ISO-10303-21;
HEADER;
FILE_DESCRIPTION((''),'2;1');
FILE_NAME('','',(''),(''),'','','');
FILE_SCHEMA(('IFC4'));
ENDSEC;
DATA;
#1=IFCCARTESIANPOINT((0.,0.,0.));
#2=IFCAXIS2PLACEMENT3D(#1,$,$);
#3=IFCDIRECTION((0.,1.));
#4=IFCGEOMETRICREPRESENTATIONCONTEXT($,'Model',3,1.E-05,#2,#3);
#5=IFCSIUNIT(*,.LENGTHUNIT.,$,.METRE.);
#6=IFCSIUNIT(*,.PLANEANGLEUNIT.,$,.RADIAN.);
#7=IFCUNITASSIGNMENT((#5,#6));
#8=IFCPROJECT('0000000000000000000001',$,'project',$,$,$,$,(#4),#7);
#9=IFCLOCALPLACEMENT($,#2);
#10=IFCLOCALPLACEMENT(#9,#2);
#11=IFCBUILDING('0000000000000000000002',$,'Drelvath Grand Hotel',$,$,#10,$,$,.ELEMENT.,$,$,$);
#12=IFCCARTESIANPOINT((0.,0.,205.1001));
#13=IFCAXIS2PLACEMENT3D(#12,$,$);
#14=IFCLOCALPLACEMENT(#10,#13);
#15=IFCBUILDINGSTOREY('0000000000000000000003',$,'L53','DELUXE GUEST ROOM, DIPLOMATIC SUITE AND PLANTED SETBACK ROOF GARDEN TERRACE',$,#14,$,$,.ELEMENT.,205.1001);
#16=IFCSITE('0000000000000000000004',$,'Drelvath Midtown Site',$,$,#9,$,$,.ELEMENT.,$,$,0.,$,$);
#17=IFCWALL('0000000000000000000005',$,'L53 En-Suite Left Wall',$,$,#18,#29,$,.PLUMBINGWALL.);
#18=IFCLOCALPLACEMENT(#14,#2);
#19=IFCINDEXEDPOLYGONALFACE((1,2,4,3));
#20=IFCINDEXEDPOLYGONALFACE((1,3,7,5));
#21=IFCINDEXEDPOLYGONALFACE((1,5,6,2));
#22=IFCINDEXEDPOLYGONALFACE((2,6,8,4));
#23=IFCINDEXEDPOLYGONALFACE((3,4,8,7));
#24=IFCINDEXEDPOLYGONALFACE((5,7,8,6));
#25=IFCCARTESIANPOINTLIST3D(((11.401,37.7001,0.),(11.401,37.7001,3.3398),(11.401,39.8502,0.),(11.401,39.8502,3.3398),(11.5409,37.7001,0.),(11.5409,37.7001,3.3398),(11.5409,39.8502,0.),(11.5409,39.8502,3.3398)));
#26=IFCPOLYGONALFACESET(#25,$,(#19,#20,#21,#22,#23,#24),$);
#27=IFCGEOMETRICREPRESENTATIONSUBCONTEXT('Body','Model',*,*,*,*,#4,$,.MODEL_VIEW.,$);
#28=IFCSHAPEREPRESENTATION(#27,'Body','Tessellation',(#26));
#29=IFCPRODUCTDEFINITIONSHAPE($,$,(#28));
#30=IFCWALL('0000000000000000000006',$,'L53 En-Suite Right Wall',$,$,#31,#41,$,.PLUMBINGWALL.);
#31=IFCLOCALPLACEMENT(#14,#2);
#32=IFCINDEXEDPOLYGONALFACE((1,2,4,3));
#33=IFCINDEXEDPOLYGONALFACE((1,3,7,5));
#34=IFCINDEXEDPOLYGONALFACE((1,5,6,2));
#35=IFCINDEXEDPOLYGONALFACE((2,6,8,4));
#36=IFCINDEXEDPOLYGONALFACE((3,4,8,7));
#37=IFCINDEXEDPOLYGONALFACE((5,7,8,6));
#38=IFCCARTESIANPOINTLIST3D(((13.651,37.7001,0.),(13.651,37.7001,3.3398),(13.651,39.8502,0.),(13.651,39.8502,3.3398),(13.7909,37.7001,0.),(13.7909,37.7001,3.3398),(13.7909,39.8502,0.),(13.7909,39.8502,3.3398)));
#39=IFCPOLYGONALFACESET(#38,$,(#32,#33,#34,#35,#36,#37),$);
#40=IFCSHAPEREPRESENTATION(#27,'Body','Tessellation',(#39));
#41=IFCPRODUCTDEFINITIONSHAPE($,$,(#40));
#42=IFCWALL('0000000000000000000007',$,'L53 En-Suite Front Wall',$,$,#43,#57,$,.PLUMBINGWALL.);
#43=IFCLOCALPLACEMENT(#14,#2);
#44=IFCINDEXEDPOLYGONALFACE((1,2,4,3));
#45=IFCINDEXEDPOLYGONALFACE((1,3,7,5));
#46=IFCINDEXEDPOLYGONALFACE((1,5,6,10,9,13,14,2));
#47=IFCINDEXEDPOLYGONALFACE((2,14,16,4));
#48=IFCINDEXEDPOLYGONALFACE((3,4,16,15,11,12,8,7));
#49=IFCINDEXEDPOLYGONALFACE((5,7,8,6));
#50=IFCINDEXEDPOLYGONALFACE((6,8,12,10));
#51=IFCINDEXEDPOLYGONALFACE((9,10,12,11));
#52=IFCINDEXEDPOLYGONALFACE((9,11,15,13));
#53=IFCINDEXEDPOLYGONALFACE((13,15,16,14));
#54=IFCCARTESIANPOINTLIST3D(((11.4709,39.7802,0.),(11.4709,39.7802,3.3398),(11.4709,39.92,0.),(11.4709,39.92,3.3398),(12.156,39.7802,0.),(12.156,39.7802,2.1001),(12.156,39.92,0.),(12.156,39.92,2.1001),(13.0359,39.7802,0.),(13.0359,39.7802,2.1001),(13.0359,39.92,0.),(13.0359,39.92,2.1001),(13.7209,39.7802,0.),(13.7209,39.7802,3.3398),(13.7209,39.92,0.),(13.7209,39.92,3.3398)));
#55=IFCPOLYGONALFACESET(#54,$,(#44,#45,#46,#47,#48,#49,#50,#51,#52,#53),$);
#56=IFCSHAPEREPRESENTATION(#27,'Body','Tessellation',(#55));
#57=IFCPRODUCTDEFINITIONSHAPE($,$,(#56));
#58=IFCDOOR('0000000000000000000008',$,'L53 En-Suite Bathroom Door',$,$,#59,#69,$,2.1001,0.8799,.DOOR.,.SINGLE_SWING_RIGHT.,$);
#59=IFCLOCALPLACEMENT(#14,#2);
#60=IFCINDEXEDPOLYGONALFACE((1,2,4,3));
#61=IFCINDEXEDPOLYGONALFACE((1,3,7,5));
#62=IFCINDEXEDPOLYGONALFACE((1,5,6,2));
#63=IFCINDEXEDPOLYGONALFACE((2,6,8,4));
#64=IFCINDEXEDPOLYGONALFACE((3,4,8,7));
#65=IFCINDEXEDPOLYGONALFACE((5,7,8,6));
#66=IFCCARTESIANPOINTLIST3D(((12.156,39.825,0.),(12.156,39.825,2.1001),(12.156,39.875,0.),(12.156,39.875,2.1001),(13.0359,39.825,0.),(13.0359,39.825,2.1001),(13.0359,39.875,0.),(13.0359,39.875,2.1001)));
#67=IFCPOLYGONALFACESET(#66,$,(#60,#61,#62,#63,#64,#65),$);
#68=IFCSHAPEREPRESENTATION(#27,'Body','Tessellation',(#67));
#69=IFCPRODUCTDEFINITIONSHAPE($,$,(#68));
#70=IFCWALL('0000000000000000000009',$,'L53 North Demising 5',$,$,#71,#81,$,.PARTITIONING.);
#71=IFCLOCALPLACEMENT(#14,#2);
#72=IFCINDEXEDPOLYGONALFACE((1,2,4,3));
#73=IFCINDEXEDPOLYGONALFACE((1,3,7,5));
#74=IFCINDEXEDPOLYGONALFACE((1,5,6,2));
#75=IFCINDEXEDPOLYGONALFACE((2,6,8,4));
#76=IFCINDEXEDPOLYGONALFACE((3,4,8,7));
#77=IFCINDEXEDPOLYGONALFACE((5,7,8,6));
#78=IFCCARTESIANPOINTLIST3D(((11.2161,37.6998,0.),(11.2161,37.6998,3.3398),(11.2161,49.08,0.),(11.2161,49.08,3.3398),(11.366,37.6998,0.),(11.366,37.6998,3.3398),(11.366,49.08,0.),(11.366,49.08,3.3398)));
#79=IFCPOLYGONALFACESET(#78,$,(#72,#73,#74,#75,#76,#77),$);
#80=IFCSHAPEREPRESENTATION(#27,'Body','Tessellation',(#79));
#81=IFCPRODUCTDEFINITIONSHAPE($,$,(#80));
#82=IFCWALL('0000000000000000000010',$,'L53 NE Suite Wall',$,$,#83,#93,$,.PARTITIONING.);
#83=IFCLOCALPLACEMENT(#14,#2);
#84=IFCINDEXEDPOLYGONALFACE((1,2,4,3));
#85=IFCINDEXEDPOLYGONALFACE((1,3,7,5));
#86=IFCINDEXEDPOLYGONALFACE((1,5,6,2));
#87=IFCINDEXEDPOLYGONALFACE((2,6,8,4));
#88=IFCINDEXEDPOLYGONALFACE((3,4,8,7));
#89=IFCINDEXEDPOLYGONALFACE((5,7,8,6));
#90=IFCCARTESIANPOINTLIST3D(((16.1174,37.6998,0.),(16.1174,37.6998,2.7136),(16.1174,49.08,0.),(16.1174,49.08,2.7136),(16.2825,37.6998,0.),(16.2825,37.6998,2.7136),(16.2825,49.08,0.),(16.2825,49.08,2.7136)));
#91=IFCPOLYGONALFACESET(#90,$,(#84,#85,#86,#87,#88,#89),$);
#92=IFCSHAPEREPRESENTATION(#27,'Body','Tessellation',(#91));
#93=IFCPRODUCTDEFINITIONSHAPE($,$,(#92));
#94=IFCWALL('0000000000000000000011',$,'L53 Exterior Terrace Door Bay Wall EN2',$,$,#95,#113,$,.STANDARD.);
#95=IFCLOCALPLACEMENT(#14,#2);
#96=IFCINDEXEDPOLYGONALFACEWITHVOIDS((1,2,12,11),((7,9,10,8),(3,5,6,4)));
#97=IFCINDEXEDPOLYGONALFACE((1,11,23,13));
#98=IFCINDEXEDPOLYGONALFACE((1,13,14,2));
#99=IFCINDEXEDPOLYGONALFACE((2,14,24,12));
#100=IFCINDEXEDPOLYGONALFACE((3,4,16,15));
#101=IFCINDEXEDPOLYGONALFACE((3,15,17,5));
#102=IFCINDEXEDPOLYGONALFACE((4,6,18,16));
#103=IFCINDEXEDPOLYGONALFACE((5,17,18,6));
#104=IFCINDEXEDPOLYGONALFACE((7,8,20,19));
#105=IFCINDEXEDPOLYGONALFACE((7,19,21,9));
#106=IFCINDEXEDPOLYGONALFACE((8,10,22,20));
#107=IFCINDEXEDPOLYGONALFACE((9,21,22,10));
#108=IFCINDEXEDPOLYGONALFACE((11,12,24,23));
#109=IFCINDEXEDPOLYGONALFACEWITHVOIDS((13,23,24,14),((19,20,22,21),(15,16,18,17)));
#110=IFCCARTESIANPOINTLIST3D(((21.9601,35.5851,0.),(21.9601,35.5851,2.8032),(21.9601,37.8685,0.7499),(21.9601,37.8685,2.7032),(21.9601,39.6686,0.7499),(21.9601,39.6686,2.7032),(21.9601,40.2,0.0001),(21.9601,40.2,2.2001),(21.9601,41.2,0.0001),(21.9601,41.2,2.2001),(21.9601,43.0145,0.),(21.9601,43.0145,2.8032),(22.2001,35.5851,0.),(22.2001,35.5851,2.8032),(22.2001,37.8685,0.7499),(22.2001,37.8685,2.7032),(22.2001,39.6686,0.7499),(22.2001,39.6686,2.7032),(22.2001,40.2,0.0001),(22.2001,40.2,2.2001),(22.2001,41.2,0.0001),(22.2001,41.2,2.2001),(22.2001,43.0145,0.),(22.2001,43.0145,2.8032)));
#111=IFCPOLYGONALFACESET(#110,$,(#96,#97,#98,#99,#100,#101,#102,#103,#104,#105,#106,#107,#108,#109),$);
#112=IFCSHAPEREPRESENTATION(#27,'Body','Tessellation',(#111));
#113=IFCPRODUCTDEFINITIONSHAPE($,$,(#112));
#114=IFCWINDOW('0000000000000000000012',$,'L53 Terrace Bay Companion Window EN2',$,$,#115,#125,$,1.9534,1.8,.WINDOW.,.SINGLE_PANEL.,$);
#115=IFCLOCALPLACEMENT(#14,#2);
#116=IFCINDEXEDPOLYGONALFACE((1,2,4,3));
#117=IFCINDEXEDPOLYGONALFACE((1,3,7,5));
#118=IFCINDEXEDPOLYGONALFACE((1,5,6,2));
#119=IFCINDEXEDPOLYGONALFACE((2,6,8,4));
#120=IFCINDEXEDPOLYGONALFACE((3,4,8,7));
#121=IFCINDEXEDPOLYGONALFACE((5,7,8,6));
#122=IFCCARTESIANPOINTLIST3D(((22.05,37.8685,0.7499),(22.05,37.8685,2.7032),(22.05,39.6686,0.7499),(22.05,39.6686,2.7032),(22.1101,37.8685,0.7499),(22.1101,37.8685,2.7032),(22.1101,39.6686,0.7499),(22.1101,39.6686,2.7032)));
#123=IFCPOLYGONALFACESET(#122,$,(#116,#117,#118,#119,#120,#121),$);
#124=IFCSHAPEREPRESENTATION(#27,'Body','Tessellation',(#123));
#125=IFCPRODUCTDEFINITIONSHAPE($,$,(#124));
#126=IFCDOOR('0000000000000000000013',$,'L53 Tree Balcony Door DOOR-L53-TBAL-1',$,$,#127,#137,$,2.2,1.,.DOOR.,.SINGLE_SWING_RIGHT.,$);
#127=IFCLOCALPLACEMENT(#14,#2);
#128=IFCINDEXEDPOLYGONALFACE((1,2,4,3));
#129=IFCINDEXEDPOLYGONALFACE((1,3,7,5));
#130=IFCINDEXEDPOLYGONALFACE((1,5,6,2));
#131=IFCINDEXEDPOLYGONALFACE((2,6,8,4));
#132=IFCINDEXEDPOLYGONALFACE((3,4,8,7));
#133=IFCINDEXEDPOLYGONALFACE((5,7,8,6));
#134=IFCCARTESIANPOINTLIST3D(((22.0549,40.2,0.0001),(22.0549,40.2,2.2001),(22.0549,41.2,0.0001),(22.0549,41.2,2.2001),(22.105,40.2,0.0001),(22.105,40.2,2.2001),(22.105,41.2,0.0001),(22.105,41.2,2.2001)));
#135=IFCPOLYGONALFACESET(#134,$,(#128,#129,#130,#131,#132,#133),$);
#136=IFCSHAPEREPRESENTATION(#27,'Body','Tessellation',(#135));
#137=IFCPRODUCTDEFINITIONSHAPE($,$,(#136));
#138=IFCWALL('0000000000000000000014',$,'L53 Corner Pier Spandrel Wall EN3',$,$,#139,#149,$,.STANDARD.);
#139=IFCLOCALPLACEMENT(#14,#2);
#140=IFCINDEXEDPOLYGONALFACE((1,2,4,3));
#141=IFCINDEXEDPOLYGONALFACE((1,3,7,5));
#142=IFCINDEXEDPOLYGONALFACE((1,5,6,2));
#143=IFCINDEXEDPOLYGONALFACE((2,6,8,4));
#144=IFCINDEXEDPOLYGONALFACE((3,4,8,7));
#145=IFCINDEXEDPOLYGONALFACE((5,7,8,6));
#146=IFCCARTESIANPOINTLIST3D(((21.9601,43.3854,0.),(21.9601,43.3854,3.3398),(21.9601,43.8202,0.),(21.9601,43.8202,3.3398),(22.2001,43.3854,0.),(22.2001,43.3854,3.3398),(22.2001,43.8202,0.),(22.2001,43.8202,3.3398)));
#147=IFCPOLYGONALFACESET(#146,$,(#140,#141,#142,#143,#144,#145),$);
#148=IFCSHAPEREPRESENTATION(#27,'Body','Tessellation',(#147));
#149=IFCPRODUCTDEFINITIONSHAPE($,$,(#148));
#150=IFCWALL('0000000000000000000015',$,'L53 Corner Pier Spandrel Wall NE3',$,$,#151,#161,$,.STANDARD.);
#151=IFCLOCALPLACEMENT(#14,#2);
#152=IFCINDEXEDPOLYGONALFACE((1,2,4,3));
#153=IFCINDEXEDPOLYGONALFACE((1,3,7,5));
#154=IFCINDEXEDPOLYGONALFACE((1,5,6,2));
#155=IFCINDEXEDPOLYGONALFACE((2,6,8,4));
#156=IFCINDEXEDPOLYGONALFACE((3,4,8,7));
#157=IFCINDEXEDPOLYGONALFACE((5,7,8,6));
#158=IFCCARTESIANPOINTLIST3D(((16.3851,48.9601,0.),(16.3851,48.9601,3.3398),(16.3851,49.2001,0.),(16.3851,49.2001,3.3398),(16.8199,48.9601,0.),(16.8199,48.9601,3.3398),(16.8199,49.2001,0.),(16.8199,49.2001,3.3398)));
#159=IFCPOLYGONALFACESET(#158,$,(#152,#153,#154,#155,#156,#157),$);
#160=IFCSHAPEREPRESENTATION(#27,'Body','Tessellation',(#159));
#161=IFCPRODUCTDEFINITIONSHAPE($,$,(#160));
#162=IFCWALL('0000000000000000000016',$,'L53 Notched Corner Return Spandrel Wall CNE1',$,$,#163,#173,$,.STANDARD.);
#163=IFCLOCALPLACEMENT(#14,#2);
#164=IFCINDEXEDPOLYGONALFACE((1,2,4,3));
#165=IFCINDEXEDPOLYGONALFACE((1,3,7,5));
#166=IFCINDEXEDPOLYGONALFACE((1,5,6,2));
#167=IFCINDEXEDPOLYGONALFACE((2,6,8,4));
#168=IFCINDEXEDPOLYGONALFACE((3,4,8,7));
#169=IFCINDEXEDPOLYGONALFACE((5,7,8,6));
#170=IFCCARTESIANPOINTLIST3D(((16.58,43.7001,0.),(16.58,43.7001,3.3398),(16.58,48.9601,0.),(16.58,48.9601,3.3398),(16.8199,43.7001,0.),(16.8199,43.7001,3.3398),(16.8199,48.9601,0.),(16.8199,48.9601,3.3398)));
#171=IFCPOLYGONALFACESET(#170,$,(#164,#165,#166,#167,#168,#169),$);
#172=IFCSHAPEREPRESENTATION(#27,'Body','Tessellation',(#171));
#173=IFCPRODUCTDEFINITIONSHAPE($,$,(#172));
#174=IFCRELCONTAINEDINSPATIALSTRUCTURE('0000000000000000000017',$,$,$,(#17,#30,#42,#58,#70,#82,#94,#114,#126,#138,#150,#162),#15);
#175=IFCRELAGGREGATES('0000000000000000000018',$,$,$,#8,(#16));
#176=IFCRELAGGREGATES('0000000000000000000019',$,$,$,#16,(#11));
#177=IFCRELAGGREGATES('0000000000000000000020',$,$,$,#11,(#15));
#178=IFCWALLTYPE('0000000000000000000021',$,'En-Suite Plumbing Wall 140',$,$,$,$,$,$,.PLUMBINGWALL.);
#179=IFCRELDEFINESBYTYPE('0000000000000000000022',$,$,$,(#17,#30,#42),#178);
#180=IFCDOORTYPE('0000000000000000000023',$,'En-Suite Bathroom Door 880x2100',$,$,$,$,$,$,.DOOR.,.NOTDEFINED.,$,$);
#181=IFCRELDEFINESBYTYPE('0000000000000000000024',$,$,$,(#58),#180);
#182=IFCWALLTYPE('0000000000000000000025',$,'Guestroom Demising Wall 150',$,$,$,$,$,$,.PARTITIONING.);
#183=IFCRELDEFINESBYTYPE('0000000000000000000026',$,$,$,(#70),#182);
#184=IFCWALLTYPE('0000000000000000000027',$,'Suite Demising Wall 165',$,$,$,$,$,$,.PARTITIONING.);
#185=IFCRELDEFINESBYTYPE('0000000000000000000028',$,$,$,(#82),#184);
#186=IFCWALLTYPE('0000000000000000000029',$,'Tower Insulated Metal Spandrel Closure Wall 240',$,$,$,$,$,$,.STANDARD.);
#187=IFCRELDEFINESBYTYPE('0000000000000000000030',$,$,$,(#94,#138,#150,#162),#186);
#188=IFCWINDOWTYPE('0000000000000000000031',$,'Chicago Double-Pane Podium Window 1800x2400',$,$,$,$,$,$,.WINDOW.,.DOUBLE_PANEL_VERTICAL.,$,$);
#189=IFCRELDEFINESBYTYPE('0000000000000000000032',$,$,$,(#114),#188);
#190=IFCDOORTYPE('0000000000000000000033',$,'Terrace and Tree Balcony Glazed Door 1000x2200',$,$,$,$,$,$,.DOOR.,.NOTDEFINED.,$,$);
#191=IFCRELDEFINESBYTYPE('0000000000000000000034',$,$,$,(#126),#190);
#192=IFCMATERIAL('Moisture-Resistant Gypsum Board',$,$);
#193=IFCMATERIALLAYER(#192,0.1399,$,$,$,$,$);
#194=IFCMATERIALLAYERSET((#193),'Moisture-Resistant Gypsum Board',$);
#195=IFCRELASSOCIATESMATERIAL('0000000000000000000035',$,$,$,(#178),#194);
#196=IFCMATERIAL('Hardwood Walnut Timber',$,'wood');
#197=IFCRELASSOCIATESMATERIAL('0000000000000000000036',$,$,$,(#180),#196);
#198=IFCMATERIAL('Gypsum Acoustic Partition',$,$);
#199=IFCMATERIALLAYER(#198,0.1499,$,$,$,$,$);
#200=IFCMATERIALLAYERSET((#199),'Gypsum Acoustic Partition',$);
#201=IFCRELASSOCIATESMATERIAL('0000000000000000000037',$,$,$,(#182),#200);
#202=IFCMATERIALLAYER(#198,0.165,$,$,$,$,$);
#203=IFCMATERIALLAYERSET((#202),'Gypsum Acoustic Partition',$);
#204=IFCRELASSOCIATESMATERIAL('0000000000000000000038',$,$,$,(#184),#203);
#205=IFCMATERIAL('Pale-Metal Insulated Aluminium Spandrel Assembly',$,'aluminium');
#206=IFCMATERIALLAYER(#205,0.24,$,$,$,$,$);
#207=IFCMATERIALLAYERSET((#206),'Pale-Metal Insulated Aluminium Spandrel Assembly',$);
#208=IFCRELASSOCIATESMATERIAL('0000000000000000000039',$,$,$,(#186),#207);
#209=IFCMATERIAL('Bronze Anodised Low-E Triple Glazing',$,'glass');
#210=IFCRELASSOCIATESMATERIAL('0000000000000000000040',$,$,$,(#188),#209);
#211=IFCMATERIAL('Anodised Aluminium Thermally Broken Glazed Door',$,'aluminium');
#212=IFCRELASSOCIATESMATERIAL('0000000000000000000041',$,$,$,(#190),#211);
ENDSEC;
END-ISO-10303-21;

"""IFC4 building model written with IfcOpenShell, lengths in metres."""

from ifc_helpers import new_model, si_unit, direction, frame, frame_2d, origin, place, context, subcontext, project, spatial, rectangle, extrude, material, layer, layer_set, type_object, element, fill, save


model = new_model("IFC4")

# Units and contexts
model_context = context("Model", 3, precision=1e-05, world=origin(), true_north=direction((0.0, 1.0)))
body_context = subcontext(model_context, "Body", "Model", "MODEL_VIEW")
ifc_project = project(units=[si_unit("LENGTHUNIT", "METRE"), si_unit("PLANEANGLEUNIT", "RADIAN")], contexts=[model_context])

# Site, building, storey
site_placement = place(None, origin())
site = spatial("IfcSite", under=ifc_project, at=site_placement, Name="Drelvath Midtown Site", CompositionType="ELEMENT", RefElevation=0.0)
building_placement = place(site_placement, origin())
building = spatial("IfcBuilding", under=site, at=building_placement, Name="Drelvath Grand Hotel", CompositionType="ELEMENT")
storey_placement = place(building_placement, frame((0.0, 0.0, 205.1001)))
storey = spatial("IfcBuildingStorey", under=building, at=storey_placement, Name="L53", Description="DELUXE GUEST ROOM, DIPLOMATIC SUITE AND PLANTED SETBACK ROOF GARDEN TERRACE", CompositionType="ELEMENT", Elevation=205.1001)

# Shared definitions
ifc_material_1 = material(Name="Moisture-Resistant Gypsum Board")
ifc_layer_1 = layer(ifc_material_1, 0.1399)
ifc_layer_set_1 = layer_set([ifc_layer_1], Name="Moisture-Resistant Gypsum Board")
wall_type_1 = type_object("IfcWallType", Name="En-Suite Plumbing Wall 140", PredefinedType="PLUMBINGWALL", material=ifc_layer_set_1)

# Shared definitions
ifc_material_2 = material(Name="Hardwood Walnut Timber", Category="wood")
door_type_1 = type_object("IfcDoorType", Name="En-Suite Bathroom Door 880x2100", OperationType="NOTDEFINED", PredefinedType="DOOR", material=ifc_material_2)

# Walls
for number, where, z_axis, x_axis, name in (
    (1, (11.4709, 37.7, 0.0), (0.0, 0.0, 1.0), (0.0, 1.0, 0.0), "L53 En-Suite Left Wall"),
    (2, (13.7209, 37.7, 0.0), (0.0, 0.0, 1.0), (0.0, 1.0, 0.0), "L53 En-Suite Right Wall"),
):
    element("IfcWall", number, at=place(storey_placement, frame(where, z_axis=z_axis, x_axis=x_axis)), inside=storey, type_object=wall_type_1, Name=name, PredefinedType="PLUMBINGWALL", context=body_context, shape_type="SweptSolid", body=[
        extrude(rectangle(XDim=2.1501, YDim=0.1399, at=frame_2d((1.0752, 0.0))), origin(), (0.0, 0.0, 1.0), 3.3398),
    ])

# Wall, opening, door
wall_1_placement = place(storey_placement, frame((11.4709, 39.8501, 0.0), z_axis=(0.0, 0.0, 1.0), x_axis=(1.0, 0.0, 0.0)))
wall_1 = element("IfcWall", 3, at=wall_1_placement, inside=storey, type_object=wall_type_1, Name="L53 En-Suite Front Wall", PredefinedType="PLUMBINGWALL", context=body_context, shape_type="SweptSolid", body=[
    extrude(rectangle(XDim=2.25, YDim=0.1399, at=frame_2d((1.125, 0.0))), origin(), (0.0, 0.0, 1.0), 3.3398),
])
opening_1_placement = place(wall_1_placement, frame((0.6851, 0.0, 0.0)))
opening_1 = element("IfcOpeningElement", 4, at=opening_1_placement, cuts=wall_1, PredefinedType="OPENING", context=body_context, shape_type="SweptSolid", body=[
    extrude(rectangle(XDim=0.8799, YDim=2.1001, at=frame_2d((0.4399, 1.05))), frame((0.0, 0.0798, 0.0), z_axis=(0.0, -1.0, 0.0), x_axis=(1.0, 0.0, 0.0)), (0.0, 0.0, 1.0), 0.1599),
])
door_1_placement = place(opening_1_placement, origin())
door_1 = element("IfcDoor", 5, at=door_1_placement, inside=storey, type_object=door_type_1, Name="L53 En-Suite Bathroom Door", OperationType="SINGLE_SWING_RIGHT", OverallHeight=2.1001, OverallWidth=0.8799, PredefinedType="DOOR", context=body_context, shape_type="SweptSolid", body=[
    extrude(rectangle(XDim=0.8799, YDim=2.1001, at=frame_2d((0.4399, 1.05))), frame((0.0, 0.0249, 0.0), z_axis=(0.0, -1.0, 0.0), x_axis=(1.0, 0.0, 0.0)), (0.0, 0.0, 1.0), 0.05),
])
fill(opening_1, door_1)

# Walls
ifc_material_3 = material(Name="Gypsum Acoustic Partition")
ifc_layer_2 = layer(ifc_material_3, 0.1499)
ifc_layer_set_2 = layer_set([ifc_layer_2], Name="Gypsum Acoustic Partition")
wall_type_2 = type_object("IfcWallType", Name="Guestroom Demising Wall 150", PredefinedType="PARTITIONING", material=ifc_layer_set_2)
wall_2_placement = place(storey_placement, frame((11.291, 37.7, 0.0), z_axis=(0.0, 0.0, 1.0), x_axis=(0.0, 1.0, 0.0)))
element("IfcWall", 6, at=wall_2_placement, inside=storey, type_object=wall_type_2, Name="L53 North Demising 5", PredefinedType="PARTITIONING", context=body_context, shape_type="SweptSolid", body=[
    extrude(rectangle(XDim=11.3801, YDim=0.1499, at=frame_2d((5.6899, 0.0))), origin(), (0.0, 0.0, 1.0), 3.3398),
])
ifc_layer_3 = layer(ifc_material_3, 0.165)
ifc_layer_set_3 = layer_set([ifc_layer_3], Name="Gypsum Acoustic Partition")
wall_type_3 = type_object("IfcWallType", Name="Suite Demising Wall 165", PredefinedType="PARTITIONING", material=ifc_layer_set_3)
wall_3_placement = place(storey_placement, frame((16.2, 37.7, 0.0), z_axis=(0.0, 0.0, 1.0), x_axis=(0.0, 1.0, 0.0)))
element("IfcWall", 7, at=wall_3_placement, inside=storey, type_object=wall_type_3, Name="L53 NE Suite Wall", PredefinedType="PARTITIONING", context=body_context, shape_type="SweptSolid", body=[
    extrude(rectangle(XDim=11.3801, YDim=0.165, at=frame_2d((5.6899, 0.0))), origin(), (0.0, 0.0, 1.0), 2.7136),
])

# Wall, openings, window, door
ifc_material_4 = material(Name="Pale-Metal Insulated Aluminium Spandrel Assembly", Category="aluminium")
ifc_layer_4 = layer(ifc_material_4, 0.24)
ifc_layer_set_4 = layer_set([ifc_layer_4], Name="Pale-Metal Insulated Aluminium Spandrel Assembly")
wall_type_4 = type_object("IfcWallType", Name="Tower Insulated Metal Spandrel Closure Wall 240", PredefinedType="STANDARD", material=ifc_layer_set_4)
wall_4_placement = place(storey_placement, frame((22.0801, 43.0146, 0.0), z_axis=(0.0, 0.0, 1.0), x_axis=(0.0, -1.0, 0.0)))
wall_4 = element("IfcWall", 8, at=wall_4_placement, inside=storey, type_object=wall_type_4, Name="L53 Exterior Terrace Door Bay Wall EN2", PredefinedType="STANDARD", context=body_context, shape_type="SweptSolid", body=[
    extrude(rectangle(XDim=7.4294, YDim=0.24, at=frame_2d((3.7148, 0.0))), origin(), (0.0, 0.0, 1.0), 2.8032),
])
opening_2_placement = place(wall_4_placement, frame((1.8147, 0.0, 0.0)))
opening_2 = element("IfcOpeningElement", 9, at=opening_2_placement, cuts=wall_4, PredefinedType="OPENING", context=body_context, shape_type="SweptSolid", body=[
    extrude(rectangle(XDim=1.0, YDim=2.2, at=frame_2d((0.5, 1.1001))), frame((0.0, 0.1299, 0.0), z_axis=(0.0, -1.0, 0.0), x_axis=(1.0, 0.0, 0.0)), (0.0, 0.0, 1.0), 0.26),
])
opening_3_placement = place(wall_4_placement, frame((3.3462, 0.0, 0.75)))
opening_3 = element("IfcOpeningElement", 10, at=opening_3_placement, cuts=wall_4, PredefinedType="OPENING", context=body_context, shape_type="SweptSolid", body=[
    extrude(rectangle(XDim=1.8, YDim=1.9534, at=frame_2d((0.8999, 0.9766))), frame((0.0, 0.1299, 0.0), z_axis=(0.0, -1.0, 0.0), x_axis=(1.0, 0.0, 0.0)), (0.0, 0.0, 1.0), 0.26),
])
ifc_material_5 = material(Name="Bronze Anodised Low-E Triple Glazing", Category="glass")
window_type = type_object("IfcWindowType", Name="Chicago Double-Pane Podium Window 1800x2400", PartitioningType="DOUBLE_PANEL_VERTICAL", PredefinedType="WINDOW", material=ifc_material_5)
window_placement = place(opening_3_placement, origin())
window = element("IfcWindow", 11, at=window_placement, inside=storey, type_object=window_type, Name="L53 Terrace Bay Companion Window EN2", OverallHeight=1.9534, OverallWidth=1.8, PartitioningType="SINGLE_PANEL", PredefinedType="WINDOW", context=body_context, shape_type="SweptSolid", body=[
    extrude(rectangle(XDim=1.8, YDim=1.9534, at=frame_2d((0.8999, 0.9766))), frame((0.0, 0.03, 0.0), z_axis=(0.0, -1.0, 0.0), x_axis=(1.0, 0.0, 0.0)), (0.0, 0.0, 1.0), 0.0601),
])
fill(opening_3, window)
ifc_material_6 = material(Name="Anodised Aluminium Thermally Broken Glazed Door", Category="aluminium")
door_type_2 = type_object("IfcDoorType", Name="Terrace and Tree Balcony Glazed Door 1000x2200", OperationType="NOTDEFINED", PredefinedType="DOOR", material=ifc_material_6)
door_2_placement = place(opening_2_placement, origin())
door_2 = element("IfcDoor", 12, at=door_2_placement, inside=storey, type_object=door_type_2, Name="L53 Tree Balcony Door DOOR-L53-TBAL-1", OperationType="SINGLE_SWING_RIGHT", OverallHeight=2.2, OverallWidth=1.0, PredefinedType="DOOR", context=body_context, shape_type="SweptSolid", body=[
    extrude(rectangle(XDim=1.0, YDim=2.2, at=frame_2d((0.5, 1.1001))), frame((0.0, 0.0249, 0.0), z_axis=(0.0, -1.0, 0.0), x_axis=(1.0, 0.0, 0.0)), (0.0, 0.0, 1.0), 0.05),
])
fill(opening_2, door_2)

# Walls
for number, where, z_axis, x_axis, name in (
    (13, (22.0801, 43.8201, 0.0), (0.0, 0.0, 1.0), (0.0, -1.0, 0.0), "L53 Corner Pier Spandrel Wall EN3"),
    (14, (16.3853, 49.0801, 0.0), (0.0, 0.0, 1.0), (1.0, 0.0, 0.0), "L53 Corner Pier Spandrel Wall NE3"),
):
    element("IfcWall", number, at=place(storey_placement, frame(where, z_axis=z_axis, x_axis=x_axis)), inside=storey, type_object=wall_type_4, Name=name, PredefinedType="STANDARD", context=body_context, shape_type="SweptSolid", body=[
        extrude(rectangle(XDim=0.4348, YDim=0.24, at=frame_2d((0.2173, 0.0))), origin(), (0.0, 0.0, 1.0), 3.3398),
    ])
for number, where, z_axis, x_axis, name in (
    (15, (16.7, 48.96, 0.0), (0.0, 0.0, 1.0), (0.0, -1.0, 0.0), "L53 Notched Corner Return Spandrel Wall CNE1"),
):
    element("IfcWall", number, at=place(storey_placement, frame(where, z_axis=z_axis, x_axis=x_axis)), inside=storey, type_object=wall_type_4, Name=name, PredefinedType="STANDARD", context=body_context, shape_type="SweptSolid", body=[
        extrude(rectangle(XDim=5.26, YDim=0.24, at=frame_2d((2.6299, 0.0))), origin(), (0.0, 0.0, 1.0), 3.3398),
    ])

save(model, "model.ifc")
